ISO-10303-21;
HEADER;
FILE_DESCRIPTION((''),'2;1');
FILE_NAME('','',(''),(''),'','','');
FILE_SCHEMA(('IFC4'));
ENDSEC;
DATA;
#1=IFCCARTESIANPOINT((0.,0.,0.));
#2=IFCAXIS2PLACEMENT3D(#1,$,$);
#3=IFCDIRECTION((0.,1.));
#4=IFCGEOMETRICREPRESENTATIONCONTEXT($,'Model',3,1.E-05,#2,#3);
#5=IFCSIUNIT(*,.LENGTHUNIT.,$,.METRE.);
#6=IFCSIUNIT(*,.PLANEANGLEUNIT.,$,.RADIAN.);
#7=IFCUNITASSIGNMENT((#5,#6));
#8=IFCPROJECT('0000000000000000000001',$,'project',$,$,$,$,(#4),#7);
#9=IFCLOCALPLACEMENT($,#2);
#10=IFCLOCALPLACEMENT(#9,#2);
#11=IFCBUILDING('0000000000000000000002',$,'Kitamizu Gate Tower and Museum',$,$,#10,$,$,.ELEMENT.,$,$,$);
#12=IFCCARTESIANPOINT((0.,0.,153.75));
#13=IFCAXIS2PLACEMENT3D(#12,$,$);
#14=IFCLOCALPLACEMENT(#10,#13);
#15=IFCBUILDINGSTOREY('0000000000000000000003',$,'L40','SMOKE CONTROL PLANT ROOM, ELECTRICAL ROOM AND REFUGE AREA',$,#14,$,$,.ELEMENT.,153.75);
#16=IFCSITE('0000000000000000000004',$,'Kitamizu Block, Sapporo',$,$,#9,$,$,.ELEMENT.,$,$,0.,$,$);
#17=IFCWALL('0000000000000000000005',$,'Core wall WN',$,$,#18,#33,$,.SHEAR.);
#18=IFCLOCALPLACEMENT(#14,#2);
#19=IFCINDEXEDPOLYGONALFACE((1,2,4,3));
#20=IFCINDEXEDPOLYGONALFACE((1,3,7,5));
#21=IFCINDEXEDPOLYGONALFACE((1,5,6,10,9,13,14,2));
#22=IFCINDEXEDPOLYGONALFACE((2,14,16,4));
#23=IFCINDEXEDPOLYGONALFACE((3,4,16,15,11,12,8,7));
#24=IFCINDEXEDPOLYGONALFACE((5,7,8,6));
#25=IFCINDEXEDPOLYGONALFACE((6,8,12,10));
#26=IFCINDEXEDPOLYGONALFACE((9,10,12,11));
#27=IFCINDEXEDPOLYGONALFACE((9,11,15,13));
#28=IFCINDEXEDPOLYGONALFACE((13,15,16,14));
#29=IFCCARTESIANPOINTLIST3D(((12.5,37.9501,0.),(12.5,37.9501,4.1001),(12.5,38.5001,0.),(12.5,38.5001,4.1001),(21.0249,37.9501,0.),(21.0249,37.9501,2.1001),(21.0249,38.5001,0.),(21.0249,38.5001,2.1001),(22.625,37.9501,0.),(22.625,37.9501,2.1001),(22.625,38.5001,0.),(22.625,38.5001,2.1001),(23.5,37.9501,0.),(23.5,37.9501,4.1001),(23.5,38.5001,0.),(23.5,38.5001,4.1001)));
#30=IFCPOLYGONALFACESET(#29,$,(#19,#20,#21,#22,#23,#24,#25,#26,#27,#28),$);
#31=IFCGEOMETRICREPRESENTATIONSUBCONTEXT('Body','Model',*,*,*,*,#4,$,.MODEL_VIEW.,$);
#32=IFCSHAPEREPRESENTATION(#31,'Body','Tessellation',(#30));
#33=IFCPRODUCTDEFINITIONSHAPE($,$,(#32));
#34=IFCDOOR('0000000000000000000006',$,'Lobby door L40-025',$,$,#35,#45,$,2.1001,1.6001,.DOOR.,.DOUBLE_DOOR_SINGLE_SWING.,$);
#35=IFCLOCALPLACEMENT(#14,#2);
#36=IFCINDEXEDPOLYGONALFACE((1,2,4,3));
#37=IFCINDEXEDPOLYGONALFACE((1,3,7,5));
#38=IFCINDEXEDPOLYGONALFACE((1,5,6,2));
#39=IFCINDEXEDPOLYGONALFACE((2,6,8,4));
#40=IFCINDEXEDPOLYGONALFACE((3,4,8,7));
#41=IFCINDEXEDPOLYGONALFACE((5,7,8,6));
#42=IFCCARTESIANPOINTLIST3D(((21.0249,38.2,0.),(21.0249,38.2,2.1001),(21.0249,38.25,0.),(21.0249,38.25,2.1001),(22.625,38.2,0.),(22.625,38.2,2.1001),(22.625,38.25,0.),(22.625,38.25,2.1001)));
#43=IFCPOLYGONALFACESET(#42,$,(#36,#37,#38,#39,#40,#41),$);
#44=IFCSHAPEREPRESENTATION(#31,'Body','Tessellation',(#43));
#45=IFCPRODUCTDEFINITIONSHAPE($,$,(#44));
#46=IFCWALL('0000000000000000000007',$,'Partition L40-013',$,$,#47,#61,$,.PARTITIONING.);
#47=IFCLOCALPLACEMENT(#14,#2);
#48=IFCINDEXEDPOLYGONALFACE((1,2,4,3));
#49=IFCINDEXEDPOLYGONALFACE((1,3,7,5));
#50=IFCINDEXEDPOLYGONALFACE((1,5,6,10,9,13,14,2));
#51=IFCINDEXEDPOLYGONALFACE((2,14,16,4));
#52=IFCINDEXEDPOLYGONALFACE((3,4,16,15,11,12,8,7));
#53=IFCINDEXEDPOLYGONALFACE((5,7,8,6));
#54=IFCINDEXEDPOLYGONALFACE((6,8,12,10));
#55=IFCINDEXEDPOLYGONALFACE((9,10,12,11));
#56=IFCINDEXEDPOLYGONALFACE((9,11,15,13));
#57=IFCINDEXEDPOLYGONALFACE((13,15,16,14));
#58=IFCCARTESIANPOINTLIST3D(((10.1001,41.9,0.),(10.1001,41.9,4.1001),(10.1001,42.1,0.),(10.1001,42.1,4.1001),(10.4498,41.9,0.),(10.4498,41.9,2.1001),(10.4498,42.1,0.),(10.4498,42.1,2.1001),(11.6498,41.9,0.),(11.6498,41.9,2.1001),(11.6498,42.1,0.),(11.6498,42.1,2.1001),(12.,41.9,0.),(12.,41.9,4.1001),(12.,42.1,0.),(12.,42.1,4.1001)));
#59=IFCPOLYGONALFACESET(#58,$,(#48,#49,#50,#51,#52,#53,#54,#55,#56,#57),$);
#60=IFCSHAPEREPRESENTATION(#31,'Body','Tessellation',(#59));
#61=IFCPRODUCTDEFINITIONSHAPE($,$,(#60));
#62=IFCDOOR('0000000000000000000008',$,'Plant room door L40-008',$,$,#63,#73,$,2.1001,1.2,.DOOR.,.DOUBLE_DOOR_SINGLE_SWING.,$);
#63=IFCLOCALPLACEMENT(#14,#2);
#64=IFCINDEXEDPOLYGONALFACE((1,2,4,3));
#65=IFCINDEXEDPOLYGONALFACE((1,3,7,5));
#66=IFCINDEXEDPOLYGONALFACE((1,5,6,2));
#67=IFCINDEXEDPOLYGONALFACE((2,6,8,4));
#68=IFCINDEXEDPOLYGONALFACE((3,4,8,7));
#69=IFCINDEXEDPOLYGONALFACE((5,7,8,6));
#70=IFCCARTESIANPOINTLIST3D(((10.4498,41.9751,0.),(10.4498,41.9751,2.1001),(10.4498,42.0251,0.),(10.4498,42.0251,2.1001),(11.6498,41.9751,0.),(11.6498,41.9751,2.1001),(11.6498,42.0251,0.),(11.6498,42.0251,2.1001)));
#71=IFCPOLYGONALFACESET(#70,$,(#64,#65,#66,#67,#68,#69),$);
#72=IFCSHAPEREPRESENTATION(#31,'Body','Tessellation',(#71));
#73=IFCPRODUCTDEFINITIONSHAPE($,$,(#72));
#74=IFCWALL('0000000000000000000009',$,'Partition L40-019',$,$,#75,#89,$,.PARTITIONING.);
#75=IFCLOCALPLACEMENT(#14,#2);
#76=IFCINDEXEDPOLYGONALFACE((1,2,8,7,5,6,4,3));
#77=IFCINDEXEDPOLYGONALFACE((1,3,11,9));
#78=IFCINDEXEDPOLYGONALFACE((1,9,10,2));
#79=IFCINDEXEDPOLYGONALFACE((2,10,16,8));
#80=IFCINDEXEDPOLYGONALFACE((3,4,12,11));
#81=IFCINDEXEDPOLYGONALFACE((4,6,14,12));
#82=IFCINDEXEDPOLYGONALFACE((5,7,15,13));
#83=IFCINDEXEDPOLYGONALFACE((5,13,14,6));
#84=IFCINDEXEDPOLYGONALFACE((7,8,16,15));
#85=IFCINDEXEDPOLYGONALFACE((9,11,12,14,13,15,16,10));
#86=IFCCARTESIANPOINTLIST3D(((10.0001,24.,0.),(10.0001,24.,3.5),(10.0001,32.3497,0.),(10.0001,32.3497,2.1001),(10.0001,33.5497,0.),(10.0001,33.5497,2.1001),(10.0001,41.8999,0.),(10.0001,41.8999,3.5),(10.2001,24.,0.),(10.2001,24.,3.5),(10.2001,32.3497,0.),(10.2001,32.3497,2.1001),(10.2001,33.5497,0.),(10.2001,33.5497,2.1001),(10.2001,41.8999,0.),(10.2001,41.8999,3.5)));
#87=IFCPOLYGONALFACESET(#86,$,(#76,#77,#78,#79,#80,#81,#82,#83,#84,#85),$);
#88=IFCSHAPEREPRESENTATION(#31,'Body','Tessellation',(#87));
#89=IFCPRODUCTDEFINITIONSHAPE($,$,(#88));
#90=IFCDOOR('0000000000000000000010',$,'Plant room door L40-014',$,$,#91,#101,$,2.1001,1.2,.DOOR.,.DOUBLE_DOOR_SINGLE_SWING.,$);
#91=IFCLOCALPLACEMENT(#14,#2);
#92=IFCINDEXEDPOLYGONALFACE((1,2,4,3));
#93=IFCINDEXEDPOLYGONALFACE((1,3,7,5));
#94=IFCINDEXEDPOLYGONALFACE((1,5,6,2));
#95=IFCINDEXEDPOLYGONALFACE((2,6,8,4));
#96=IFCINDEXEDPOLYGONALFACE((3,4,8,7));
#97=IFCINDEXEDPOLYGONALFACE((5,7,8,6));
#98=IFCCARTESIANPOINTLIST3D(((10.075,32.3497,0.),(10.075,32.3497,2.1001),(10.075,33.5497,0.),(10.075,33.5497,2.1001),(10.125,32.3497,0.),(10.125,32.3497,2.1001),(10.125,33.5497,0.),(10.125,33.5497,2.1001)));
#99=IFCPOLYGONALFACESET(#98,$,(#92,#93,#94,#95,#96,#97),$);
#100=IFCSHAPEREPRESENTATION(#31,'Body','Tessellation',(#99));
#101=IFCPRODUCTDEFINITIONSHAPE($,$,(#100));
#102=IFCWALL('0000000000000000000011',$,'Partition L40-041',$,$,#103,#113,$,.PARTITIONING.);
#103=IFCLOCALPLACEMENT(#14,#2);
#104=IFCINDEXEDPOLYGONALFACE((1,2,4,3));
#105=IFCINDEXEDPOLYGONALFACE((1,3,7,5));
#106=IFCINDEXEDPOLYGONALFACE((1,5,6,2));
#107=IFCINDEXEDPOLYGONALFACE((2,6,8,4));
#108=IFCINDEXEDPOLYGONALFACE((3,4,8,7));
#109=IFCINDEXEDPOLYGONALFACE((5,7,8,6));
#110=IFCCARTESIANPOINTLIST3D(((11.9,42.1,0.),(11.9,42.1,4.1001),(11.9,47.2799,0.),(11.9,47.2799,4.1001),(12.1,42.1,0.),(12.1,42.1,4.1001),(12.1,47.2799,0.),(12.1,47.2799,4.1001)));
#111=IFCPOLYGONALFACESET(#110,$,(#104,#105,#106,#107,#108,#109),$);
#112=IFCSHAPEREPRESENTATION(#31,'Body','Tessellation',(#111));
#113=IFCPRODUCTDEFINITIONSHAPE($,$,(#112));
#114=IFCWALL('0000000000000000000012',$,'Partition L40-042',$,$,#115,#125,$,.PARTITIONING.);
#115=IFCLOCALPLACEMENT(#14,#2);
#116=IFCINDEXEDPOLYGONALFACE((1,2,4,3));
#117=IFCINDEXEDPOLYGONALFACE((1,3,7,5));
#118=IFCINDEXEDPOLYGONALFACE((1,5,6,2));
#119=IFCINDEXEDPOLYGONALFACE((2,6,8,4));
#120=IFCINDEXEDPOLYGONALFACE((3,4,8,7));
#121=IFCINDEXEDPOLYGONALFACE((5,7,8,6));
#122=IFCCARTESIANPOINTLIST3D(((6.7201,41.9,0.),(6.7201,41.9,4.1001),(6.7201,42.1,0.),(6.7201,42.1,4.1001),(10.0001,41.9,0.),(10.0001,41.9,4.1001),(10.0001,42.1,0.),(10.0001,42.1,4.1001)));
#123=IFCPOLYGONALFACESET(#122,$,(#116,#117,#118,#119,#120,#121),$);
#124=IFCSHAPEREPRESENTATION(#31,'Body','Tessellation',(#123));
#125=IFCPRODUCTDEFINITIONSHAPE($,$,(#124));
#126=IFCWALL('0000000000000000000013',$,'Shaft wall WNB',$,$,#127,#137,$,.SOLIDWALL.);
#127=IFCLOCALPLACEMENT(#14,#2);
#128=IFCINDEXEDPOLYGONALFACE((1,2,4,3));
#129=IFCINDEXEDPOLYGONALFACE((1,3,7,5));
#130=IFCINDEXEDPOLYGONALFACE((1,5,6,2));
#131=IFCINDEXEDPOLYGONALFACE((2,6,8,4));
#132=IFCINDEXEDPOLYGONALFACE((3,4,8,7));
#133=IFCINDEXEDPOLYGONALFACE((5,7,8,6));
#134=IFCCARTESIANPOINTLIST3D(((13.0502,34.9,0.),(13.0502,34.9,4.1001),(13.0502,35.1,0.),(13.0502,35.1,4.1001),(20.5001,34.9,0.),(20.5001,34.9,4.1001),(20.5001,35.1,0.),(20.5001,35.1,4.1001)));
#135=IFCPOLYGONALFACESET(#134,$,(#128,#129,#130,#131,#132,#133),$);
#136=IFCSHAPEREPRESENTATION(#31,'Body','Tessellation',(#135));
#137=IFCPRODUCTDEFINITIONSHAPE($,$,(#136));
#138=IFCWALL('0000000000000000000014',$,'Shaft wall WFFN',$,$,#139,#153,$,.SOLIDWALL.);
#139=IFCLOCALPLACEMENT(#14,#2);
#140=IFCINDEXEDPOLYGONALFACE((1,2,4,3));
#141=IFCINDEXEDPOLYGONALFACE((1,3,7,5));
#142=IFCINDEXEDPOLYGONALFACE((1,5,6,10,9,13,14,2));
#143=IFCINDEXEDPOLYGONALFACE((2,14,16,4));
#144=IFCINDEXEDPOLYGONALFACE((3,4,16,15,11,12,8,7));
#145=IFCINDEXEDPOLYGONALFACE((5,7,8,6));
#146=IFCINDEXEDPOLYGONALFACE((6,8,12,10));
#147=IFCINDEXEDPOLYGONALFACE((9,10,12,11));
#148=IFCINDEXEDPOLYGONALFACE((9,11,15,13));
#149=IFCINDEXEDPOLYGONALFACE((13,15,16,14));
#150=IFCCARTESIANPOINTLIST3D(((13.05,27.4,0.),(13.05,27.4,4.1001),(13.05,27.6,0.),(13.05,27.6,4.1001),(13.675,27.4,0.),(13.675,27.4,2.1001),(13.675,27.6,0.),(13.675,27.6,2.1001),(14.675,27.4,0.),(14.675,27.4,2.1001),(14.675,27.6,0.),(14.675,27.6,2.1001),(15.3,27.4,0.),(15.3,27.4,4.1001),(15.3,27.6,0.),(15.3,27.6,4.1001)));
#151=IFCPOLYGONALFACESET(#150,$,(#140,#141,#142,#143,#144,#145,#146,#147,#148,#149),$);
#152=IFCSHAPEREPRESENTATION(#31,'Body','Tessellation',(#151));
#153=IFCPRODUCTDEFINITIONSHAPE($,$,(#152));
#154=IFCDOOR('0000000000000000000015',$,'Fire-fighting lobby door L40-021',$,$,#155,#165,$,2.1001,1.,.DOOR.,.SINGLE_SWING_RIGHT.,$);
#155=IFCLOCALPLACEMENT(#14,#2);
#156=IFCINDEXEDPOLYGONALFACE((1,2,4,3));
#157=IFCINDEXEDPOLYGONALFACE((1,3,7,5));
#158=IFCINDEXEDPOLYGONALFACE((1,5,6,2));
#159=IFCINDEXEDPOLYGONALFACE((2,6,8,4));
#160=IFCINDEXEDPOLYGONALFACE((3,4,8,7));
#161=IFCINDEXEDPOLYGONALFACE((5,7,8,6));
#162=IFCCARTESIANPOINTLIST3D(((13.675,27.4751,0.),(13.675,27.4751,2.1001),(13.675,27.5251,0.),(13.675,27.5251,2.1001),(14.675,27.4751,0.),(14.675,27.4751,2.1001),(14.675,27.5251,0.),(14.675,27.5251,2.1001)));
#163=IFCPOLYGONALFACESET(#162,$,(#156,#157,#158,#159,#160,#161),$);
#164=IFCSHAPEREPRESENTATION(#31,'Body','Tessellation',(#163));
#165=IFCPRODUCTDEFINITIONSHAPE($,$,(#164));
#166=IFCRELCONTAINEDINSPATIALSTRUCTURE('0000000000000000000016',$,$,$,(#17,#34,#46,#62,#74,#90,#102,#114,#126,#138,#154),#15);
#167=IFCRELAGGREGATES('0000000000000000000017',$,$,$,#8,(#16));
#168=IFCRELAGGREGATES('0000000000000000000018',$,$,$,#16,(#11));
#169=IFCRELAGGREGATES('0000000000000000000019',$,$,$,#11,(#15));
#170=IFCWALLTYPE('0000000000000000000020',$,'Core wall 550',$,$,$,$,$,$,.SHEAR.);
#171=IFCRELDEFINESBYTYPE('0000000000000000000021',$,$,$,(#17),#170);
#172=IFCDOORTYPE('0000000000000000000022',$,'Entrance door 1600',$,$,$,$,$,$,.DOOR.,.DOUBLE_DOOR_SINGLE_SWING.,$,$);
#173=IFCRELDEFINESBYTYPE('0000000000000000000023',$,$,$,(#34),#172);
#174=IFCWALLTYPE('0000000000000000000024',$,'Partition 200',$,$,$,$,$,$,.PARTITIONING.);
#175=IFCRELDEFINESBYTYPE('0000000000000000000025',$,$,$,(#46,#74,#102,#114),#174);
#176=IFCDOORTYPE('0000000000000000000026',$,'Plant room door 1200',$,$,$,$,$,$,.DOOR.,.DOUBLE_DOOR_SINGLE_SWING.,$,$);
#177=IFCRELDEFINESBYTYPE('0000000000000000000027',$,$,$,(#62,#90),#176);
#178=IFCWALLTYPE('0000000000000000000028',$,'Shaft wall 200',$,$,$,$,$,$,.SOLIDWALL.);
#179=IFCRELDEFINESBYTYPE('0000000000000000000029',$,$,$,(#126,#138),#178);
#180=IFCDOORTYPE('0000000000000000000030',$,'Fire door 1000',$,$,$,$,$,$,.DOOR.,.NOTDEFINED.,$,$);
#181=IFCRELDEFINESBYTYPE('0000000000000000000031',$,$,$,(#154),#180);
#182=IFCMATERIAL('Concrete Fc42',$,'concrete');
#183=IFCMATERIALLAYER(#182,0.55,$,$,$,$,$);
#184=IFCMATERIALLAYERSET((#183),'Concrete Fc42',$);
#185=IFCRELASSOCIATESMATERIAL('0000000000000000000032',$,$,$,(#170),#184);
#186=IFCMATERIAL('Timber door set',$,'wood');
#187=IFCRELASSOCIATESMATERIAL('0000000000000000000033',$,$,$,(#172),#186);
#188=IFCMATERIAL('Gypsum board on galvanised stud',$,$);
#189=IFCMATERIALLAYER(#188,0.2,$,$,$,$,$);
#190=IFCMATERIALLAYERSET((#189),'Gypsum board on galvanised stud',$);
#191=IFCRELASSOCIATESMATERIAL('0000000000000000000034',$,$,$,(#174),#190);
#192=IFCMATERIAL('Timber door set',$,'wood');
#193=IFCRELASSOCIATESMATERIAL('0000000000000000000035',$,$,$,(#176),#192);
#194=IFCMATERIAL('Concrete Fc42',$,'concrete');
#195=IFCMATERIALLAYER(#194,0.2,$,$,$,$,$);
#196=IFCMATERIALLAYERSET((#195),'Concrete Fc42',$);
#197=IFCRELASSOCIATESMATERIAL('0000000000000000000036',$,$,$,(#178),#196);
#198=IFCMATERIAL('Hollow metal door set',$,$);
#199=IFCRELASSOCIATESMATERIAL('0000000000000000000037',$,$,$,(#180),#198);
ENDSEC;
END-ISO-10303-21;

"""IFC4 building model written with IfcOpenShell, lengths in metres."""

from ifc_helpers import new_model, si_unit, direction, frame, frame_2d, origin, place, context, subcontext, project, spatial, rectangle, extrude, material, layer, layer_set, type_object, element, fill, save


model = new_model("IFC4")

# Units and contexts
model_context = context("Model", 3, precision=1e-05, world=origin(), true_north=direction((0.0, 1.0)))
body_context = subcontext(model_context, "Body", "Model", "MODEL_VIEW")
ifc_project = project(units=[si_unit("LENGTHUNIT", "METRE"), si_unit("PLANEANGLEUNIT", "RADIAN")], contexts=[model_context])

# Site, building, storey
site_placement = place(None, origin())
site = spatial("IfcSite", under=ifc_project, at=site_placement, Name="Kitamizu Block, Sapporo", CompositionType="ELEMENT", RefElevation=0.0)
building_placement = place(site_placement, origin())
building = spatial("IfcBuilding", under=site, at=building_placement, Name="Kitamizu Gate Tower and Museum", CompositionType="ELEMENT")
storey_placement = place(building_placement, frame((0.0, 0.0, 153.75)))
storey = spatial("IfcBuildingStorey", under=building, at=storey_placement, Name="L40", Description="SMOKE CONTROL PLANT ROOM, ELECTRICAL ROOM AND REFUGE AREA", CompositionType="ELEMENT", Elevation=153.75)

# Walls, openings, doors
ifc_material_1 = material(Name="Concrete Fc42", Category="concrete")
ifc_layer_1 = layer(ifc_material_1, 0.55)
ifc_layer_set_1 = layer_set([ifc_layer_1], Name="Concrete Fc42")
wall_type_1 = type_object("IfcWallType", Name="Core wall 550", PredefinedType="SHEAR", material=ifc_layer_set_1)
wall_1_placement = place(storey_placement, frame((12.5, 38.2251, 0.0), z_axis=(0.0, 0.0, 1.0), x_axis=(1.0, 0.0, 0.0)))
wall_1 = element("IfcWall", 1, at=wall_1_placement, inside=storey, type_object=wall_type_1, Name="Core wall WN", PredefinedType="SHEAR", context=body_context, shape_type="SweptSolid", body=[
    extrude(rectangle(XDim=11.0, YDim=0.55, at=frame_2d((5.5, 0.0))), origin(), (0.0, 0.0, 1.0), 4.1001),
])
opening_1_placement = place(wall_1_placement, frame((8.5249, 0.0, 0.0)))
opening_1 = element("IfcOpeningElement", 2, at=opening_1_placement, cuts=wall_1, PredefinedType="OPENING", context=body_context, shape_type="SweptSolid", body=[
    extrude(rectangle(XDim=1.6001, YDim=2.1001, at=frame_2d((0.8, 1.05))), frame((0.0, 0.2852, 0.0), z_axis=(0.0, -1.0, 0.0), x_axis=(1.0, 0.0, 0.0)), (0.0, 0.0, 1.0), 0.5701),
])
ifc_material_2 = material(Name="Timber door set", Category="wood")
door_type_1 = type_object("IfcDoorType", Name="Entrance door 1600", OperationType="DOUBLE_DOOR_SINGLE_SWING", PredefinedType="DOOR", material=ifc_material_2)
door_1_placement = place(opening_1_placement, origin())
door_1 = element("IfcDoor", 3, at=door_1_placement, inside=storey, type_object=door_type_1, Name="Lobby door L40-025", OperationType="DOUBLE_DOOR_SINGLE_SWING", OverallHeight=2.1001, OverallWidth=1.6001, PredefinedType="DOOR", context=body_context, shape_type="SweptSolid", body=[
    extrude(rectangle(XDim=1.6001, YDim=2.1001, at=frame_2d((0.8, 1.05))), frame((0.0, 0.0249, 0.0), z_axis=(0.0, -1.0, 0.0), x_axis=(1.0, 0.0, 0.0)), (0.0, 0.0, 1.0), 0.05),
])
fill(opening_1, door_1)
ifc_material_3 = material(Name="Gypsum board on galvanised stud")
ifc_layer_2 = layer(ifc_material_3, 0.2)
ifc_layer_set_2 = layer_set([ifc_layer_2], Name="Gypsum board on galvanised stud")
wall_type_2 = type_object("IfcWallType", Name="Partition 200", PredefinedType="PARTITIONING", material=ifc_layer_set_2)
wall_2_placement = place(storey_placement, frame((12.0, 42.0, 0.0), z_axis=(0.0, 0.0, 1.0), x_axis=(-1.0, 0.0, 0.0)))
wall_2 = element("IfcWall", 4, at=wall_2_placement, inside=storey, type_object=wall_type_2, Name="Partition L40-013", PredefinedType="PARTITIONING", context=body_context, shape_type="SweptSolid", body=[
    extrude(rectangle(XDim=1.8999, YDim=0.2, at=frame_2d((0.95, 0.0))), origin(), (0.0, 0.0, 1.0), 4.1001),
])
opening_2_placement = place(wall_2_placement, frame((0.3501, 0.0, 0.0)))
opening_2 = element("IfcOpeningElement", 5, at=opening_2_placement, cuts=wall_2, PredefinedType="OPENING", context=body_context, shape_type="SweptSolid", body=[
    extrude(rectangle(XDim=1.2, YDim=2.1001, at=frame_2d((0.6001, 1.05))), frame((0.0, 0.1099, 0.0), z_axis=(0.0, -1.0, 0.0), x_axis=(1.0, 0.0, 0.0)), (0.0, 0.0, 1.0), 0.22),
])
ifc_material_4 = material(Name="Timber door set", Category="wood")
door_type_2 = type_object("IfcDoorType", Name="Plant room door 1200", OperationType="DOUBLE_DOOR_SINGLE_SWING", PredefinedType="DOOR", material=ifc_material_4)
door_2_placement = place(opening_2_placement, origin())
door_2 = element("IfcDoor", 6, at=door_2_placement, inside=storey, type_object=door_type_2, Name="Plant room door L40-008", OperationType="DOUBLE_DOOR_SINGLE_SWING", OverallHeight=2.1001, OverallWidth=1.2, PredefinedType="DOOR", context=body_context, shape_type="SweptSolid", body=[
    extrude(rectangle(XDim=1.2, YDim=2.1001, at=frame_2d((0.6001, 1.05))), frame((0.0, 0.0249, 0.0), z_axis=(0.0, -1.0, 0.0), x_axis=(1.0, 0.0, 0.0)), (0.0, 0.0, 1.0), 0.05),
])
fill(opening_2, door_2)
wall_3_placement = place(storey_placement, frame((10.1001, 41.8999, 0.0), z_axis=(0.0, 0.0, 1.0), x_axis=(0.0, -1.0, 0.0)))
wall_3 = element("IfcWall", 7, at=wall_3_placement, inside=storey, type_object=wall_type_2, Name="Partition L40-019", PredefinedType="PARTITIONING", context=body_context, shape_type="SweptSolid", body=[
    extrude(rectangle(XDim=17.8999, YDim=0.2, at=frame_2d((8.95, 0.0))), origin(), (0.0, 0.0, 1.0), 3.5),
])
opening_3_placement = place(wall_3_placement, frame((8.3501, 0.0, 0.0)))
opening_3 = element("IfcOpeningElement", 8, at=opening_3_placement, cuts=wall_3, PredefinedType="OPENING", context=body_context, shape_type="SweptSolid", body=[
    extrude(rectangle(XDim=1.2, YDim=2.1001, at=frame_2d((0.6001, 1.05))), frame((0.0, 0.1099, 0.0), z_axis=(0.0, -1.0, 0.0), x_axis=(1.0, 0.0, 0.0)), (0.0, 0.0, 1.0), 0.22),
])
door_3_placement = place(opening_3_placement, origin())
door_3 = element("IfcDoor", 9, at=door_3_placement, inside=storey, type_object=door_type_2, Name="Plant room door L40-014", OperationType="DOUBLE_DOOR_SINGLE_SWING", OverallHeight=2.1001, OverallWidth=1.2, PredefinedType="DOOR", context=body_context, shape_type="SweptSolid", body=[
    extrude(rectangle(XDim=1.2, YDim=2.1001, at=frame_2d((0.6001, 1.05))), frame((0.0, 0.0249, 0.0), z_axis=(0.0, -1.0, 0.0), x_axis=(1.0, 0.0, 0.0)), (0.0, 0.0, 1.0), 0.05),
])
fill(opening_3, door_3)

# Walls
wall_4_placement = place(storey_placement, frame((12.0, 42.1001, 0.0), z_axis=(0.0, 0.0, 1.0), x_axis=(0.0, 1.0, 0.0)))
element("IfcWall", 10, at=wall_4_placement, inside=storey, type_object=wall_type_2, Name="Partition L40-041", PredefinedType="PARTITIONING", context=body_context, shape_type="SweptSolid", body=[
    extrude(rectangle(XDim=5.1799, YDim=0.2, at=frame_2d((2.5898, 0.0))), origin(), (0.0, 0.0, 1.0), 4.1001),
])
wall_5_placement = place(storey_placement, frame((6.72, 42.0, 0.0), z_axis=(0.0, 0.0, 1.0), x_axis=(1.0, 0.0, 0.0)))
element("IfcWall", 11, at=wall_5_placement, inside=storey, type_object=wall_type_2, Name="Partition L40-042", PredefinedType="PARTITIONING", context=body_context, shape_type="SweptSolid", body=[
    extrude(rectangle(XDim=3.28, YDim=0.2, at=frame_2d((1.6401, 0.0))), origin(), (0.0, 0.0, 1.0), 4.1001),
])
ifc_material_5 = material(Name="Concrete Fc42", Category="concrete")
ifc_layer_3 = layer(ifc_material_5, 0.2)
ifc_layer_set_3 = layer_set([ifc_layer_3], Name="Concrete Fc42")
wall_type_3 = type_object("IfcWallType", Name="Shaft wall 200", PredefinedType="SOLIDWALL", material=ifc_layer_set_3)
wall_6_placement = place(storey_placement, frame((13.05, 35.0, 0.0), z_axis=(0.0, 0.0, 1.0), x_axis=(1.0, 0.0, 0.0)))
element("IfcWall", 12, at=wall_6_placement, inside=storey, type_object=wall_type_3, Name="Shaft wall WNB", PredefinedType="SOLIDWALL", context=body_context, shape_type="SweptSolid", body=[
    extrude(rectangle(XDim=7.45, YDim=0.2, at=frame_2d((3.7251, 0.0))), origin(), (0.0, 0.0, 1.0), 4.1001),
])

# Wall, opening, door
wall_7_placement = place(storey_placement, frame((13.05, 27.5, 0.0), z_axis=(0.0, 0.0, 1.0), x_axis=(1.0, 0.0, 0.0)))
wall_7 = element("IfcWall", 13, at=wall_7_placement, inside=storey, type_object=wall_type_3, Name="Shaft wall WFFN", PredefinedType="SOLIDWALL", context=body_context, shape_type="SweptSolid", body=[
    extrude(rectangle(XDim=2.25, YDim=0.2, at=frame_2d((1.125, 0.0))), origin(), (0.0, 0.0, 1.0), 4.1001),
])
opening_4_placement = place(wall_7_placement, frame((0.625, 0.0, 0.0)))
opening_4 = element("IfcOpeningElement", 14, at=opening_4_placement, cuts=wall_7, PredefinedType="OPENING", context=body_context, shape_type="SweptSolid", body=[
    extrude(rectangle(XDim=1.0, YDim=2.1001, at=frame_2d((0.5, 1.05))), frame((0.0, 0.1099, 0.0), z_axis=(0.0, -1.0, 0.0), x_axis=(1.0, 0.0, 0.0)), (0.0, 0.0, 1.0), 0.22),
])
ifc_material_6 = material(Name="Hollow metal door set")
door_type_3 = type_object("IfcDoorType", Name="Fire door 1000", OperationType="NOTDEFINED", PredefinedType="DOOR", material=ifc_material_6)
door_4_placement = place(opening_4_placement, frame((1.0, 0.0, 0.0), x_axis=(-1.0, 0.0, 0.0)))
door_4 = element("IfcDoor", 15, at=door_4_placement, inside=storey, type_object=door_type_3, Name="Fire-fighting lobby door L40-021", OperationType="SINGLE_SWING_RIGHT", OverallHeight=2.1001, OverallWidth=1.0, PredefinedType="DOOR", context=body_context, shape_type="SweptSolid", body=[
    extrude(rectangle(XDim=1.0, YDim=2.1001, at=frame_2d((0.5, 1.05))), frame((0.0, 0.0249, 0.0), z_axis=(0.0, -1.0, 0.0), x_axis=(1.0, 0.0, 0.0)), (0.0, 0.0, 1.0), 0.05),
])
fill(opening_4, door_4)

save(model, "model.ifc")
